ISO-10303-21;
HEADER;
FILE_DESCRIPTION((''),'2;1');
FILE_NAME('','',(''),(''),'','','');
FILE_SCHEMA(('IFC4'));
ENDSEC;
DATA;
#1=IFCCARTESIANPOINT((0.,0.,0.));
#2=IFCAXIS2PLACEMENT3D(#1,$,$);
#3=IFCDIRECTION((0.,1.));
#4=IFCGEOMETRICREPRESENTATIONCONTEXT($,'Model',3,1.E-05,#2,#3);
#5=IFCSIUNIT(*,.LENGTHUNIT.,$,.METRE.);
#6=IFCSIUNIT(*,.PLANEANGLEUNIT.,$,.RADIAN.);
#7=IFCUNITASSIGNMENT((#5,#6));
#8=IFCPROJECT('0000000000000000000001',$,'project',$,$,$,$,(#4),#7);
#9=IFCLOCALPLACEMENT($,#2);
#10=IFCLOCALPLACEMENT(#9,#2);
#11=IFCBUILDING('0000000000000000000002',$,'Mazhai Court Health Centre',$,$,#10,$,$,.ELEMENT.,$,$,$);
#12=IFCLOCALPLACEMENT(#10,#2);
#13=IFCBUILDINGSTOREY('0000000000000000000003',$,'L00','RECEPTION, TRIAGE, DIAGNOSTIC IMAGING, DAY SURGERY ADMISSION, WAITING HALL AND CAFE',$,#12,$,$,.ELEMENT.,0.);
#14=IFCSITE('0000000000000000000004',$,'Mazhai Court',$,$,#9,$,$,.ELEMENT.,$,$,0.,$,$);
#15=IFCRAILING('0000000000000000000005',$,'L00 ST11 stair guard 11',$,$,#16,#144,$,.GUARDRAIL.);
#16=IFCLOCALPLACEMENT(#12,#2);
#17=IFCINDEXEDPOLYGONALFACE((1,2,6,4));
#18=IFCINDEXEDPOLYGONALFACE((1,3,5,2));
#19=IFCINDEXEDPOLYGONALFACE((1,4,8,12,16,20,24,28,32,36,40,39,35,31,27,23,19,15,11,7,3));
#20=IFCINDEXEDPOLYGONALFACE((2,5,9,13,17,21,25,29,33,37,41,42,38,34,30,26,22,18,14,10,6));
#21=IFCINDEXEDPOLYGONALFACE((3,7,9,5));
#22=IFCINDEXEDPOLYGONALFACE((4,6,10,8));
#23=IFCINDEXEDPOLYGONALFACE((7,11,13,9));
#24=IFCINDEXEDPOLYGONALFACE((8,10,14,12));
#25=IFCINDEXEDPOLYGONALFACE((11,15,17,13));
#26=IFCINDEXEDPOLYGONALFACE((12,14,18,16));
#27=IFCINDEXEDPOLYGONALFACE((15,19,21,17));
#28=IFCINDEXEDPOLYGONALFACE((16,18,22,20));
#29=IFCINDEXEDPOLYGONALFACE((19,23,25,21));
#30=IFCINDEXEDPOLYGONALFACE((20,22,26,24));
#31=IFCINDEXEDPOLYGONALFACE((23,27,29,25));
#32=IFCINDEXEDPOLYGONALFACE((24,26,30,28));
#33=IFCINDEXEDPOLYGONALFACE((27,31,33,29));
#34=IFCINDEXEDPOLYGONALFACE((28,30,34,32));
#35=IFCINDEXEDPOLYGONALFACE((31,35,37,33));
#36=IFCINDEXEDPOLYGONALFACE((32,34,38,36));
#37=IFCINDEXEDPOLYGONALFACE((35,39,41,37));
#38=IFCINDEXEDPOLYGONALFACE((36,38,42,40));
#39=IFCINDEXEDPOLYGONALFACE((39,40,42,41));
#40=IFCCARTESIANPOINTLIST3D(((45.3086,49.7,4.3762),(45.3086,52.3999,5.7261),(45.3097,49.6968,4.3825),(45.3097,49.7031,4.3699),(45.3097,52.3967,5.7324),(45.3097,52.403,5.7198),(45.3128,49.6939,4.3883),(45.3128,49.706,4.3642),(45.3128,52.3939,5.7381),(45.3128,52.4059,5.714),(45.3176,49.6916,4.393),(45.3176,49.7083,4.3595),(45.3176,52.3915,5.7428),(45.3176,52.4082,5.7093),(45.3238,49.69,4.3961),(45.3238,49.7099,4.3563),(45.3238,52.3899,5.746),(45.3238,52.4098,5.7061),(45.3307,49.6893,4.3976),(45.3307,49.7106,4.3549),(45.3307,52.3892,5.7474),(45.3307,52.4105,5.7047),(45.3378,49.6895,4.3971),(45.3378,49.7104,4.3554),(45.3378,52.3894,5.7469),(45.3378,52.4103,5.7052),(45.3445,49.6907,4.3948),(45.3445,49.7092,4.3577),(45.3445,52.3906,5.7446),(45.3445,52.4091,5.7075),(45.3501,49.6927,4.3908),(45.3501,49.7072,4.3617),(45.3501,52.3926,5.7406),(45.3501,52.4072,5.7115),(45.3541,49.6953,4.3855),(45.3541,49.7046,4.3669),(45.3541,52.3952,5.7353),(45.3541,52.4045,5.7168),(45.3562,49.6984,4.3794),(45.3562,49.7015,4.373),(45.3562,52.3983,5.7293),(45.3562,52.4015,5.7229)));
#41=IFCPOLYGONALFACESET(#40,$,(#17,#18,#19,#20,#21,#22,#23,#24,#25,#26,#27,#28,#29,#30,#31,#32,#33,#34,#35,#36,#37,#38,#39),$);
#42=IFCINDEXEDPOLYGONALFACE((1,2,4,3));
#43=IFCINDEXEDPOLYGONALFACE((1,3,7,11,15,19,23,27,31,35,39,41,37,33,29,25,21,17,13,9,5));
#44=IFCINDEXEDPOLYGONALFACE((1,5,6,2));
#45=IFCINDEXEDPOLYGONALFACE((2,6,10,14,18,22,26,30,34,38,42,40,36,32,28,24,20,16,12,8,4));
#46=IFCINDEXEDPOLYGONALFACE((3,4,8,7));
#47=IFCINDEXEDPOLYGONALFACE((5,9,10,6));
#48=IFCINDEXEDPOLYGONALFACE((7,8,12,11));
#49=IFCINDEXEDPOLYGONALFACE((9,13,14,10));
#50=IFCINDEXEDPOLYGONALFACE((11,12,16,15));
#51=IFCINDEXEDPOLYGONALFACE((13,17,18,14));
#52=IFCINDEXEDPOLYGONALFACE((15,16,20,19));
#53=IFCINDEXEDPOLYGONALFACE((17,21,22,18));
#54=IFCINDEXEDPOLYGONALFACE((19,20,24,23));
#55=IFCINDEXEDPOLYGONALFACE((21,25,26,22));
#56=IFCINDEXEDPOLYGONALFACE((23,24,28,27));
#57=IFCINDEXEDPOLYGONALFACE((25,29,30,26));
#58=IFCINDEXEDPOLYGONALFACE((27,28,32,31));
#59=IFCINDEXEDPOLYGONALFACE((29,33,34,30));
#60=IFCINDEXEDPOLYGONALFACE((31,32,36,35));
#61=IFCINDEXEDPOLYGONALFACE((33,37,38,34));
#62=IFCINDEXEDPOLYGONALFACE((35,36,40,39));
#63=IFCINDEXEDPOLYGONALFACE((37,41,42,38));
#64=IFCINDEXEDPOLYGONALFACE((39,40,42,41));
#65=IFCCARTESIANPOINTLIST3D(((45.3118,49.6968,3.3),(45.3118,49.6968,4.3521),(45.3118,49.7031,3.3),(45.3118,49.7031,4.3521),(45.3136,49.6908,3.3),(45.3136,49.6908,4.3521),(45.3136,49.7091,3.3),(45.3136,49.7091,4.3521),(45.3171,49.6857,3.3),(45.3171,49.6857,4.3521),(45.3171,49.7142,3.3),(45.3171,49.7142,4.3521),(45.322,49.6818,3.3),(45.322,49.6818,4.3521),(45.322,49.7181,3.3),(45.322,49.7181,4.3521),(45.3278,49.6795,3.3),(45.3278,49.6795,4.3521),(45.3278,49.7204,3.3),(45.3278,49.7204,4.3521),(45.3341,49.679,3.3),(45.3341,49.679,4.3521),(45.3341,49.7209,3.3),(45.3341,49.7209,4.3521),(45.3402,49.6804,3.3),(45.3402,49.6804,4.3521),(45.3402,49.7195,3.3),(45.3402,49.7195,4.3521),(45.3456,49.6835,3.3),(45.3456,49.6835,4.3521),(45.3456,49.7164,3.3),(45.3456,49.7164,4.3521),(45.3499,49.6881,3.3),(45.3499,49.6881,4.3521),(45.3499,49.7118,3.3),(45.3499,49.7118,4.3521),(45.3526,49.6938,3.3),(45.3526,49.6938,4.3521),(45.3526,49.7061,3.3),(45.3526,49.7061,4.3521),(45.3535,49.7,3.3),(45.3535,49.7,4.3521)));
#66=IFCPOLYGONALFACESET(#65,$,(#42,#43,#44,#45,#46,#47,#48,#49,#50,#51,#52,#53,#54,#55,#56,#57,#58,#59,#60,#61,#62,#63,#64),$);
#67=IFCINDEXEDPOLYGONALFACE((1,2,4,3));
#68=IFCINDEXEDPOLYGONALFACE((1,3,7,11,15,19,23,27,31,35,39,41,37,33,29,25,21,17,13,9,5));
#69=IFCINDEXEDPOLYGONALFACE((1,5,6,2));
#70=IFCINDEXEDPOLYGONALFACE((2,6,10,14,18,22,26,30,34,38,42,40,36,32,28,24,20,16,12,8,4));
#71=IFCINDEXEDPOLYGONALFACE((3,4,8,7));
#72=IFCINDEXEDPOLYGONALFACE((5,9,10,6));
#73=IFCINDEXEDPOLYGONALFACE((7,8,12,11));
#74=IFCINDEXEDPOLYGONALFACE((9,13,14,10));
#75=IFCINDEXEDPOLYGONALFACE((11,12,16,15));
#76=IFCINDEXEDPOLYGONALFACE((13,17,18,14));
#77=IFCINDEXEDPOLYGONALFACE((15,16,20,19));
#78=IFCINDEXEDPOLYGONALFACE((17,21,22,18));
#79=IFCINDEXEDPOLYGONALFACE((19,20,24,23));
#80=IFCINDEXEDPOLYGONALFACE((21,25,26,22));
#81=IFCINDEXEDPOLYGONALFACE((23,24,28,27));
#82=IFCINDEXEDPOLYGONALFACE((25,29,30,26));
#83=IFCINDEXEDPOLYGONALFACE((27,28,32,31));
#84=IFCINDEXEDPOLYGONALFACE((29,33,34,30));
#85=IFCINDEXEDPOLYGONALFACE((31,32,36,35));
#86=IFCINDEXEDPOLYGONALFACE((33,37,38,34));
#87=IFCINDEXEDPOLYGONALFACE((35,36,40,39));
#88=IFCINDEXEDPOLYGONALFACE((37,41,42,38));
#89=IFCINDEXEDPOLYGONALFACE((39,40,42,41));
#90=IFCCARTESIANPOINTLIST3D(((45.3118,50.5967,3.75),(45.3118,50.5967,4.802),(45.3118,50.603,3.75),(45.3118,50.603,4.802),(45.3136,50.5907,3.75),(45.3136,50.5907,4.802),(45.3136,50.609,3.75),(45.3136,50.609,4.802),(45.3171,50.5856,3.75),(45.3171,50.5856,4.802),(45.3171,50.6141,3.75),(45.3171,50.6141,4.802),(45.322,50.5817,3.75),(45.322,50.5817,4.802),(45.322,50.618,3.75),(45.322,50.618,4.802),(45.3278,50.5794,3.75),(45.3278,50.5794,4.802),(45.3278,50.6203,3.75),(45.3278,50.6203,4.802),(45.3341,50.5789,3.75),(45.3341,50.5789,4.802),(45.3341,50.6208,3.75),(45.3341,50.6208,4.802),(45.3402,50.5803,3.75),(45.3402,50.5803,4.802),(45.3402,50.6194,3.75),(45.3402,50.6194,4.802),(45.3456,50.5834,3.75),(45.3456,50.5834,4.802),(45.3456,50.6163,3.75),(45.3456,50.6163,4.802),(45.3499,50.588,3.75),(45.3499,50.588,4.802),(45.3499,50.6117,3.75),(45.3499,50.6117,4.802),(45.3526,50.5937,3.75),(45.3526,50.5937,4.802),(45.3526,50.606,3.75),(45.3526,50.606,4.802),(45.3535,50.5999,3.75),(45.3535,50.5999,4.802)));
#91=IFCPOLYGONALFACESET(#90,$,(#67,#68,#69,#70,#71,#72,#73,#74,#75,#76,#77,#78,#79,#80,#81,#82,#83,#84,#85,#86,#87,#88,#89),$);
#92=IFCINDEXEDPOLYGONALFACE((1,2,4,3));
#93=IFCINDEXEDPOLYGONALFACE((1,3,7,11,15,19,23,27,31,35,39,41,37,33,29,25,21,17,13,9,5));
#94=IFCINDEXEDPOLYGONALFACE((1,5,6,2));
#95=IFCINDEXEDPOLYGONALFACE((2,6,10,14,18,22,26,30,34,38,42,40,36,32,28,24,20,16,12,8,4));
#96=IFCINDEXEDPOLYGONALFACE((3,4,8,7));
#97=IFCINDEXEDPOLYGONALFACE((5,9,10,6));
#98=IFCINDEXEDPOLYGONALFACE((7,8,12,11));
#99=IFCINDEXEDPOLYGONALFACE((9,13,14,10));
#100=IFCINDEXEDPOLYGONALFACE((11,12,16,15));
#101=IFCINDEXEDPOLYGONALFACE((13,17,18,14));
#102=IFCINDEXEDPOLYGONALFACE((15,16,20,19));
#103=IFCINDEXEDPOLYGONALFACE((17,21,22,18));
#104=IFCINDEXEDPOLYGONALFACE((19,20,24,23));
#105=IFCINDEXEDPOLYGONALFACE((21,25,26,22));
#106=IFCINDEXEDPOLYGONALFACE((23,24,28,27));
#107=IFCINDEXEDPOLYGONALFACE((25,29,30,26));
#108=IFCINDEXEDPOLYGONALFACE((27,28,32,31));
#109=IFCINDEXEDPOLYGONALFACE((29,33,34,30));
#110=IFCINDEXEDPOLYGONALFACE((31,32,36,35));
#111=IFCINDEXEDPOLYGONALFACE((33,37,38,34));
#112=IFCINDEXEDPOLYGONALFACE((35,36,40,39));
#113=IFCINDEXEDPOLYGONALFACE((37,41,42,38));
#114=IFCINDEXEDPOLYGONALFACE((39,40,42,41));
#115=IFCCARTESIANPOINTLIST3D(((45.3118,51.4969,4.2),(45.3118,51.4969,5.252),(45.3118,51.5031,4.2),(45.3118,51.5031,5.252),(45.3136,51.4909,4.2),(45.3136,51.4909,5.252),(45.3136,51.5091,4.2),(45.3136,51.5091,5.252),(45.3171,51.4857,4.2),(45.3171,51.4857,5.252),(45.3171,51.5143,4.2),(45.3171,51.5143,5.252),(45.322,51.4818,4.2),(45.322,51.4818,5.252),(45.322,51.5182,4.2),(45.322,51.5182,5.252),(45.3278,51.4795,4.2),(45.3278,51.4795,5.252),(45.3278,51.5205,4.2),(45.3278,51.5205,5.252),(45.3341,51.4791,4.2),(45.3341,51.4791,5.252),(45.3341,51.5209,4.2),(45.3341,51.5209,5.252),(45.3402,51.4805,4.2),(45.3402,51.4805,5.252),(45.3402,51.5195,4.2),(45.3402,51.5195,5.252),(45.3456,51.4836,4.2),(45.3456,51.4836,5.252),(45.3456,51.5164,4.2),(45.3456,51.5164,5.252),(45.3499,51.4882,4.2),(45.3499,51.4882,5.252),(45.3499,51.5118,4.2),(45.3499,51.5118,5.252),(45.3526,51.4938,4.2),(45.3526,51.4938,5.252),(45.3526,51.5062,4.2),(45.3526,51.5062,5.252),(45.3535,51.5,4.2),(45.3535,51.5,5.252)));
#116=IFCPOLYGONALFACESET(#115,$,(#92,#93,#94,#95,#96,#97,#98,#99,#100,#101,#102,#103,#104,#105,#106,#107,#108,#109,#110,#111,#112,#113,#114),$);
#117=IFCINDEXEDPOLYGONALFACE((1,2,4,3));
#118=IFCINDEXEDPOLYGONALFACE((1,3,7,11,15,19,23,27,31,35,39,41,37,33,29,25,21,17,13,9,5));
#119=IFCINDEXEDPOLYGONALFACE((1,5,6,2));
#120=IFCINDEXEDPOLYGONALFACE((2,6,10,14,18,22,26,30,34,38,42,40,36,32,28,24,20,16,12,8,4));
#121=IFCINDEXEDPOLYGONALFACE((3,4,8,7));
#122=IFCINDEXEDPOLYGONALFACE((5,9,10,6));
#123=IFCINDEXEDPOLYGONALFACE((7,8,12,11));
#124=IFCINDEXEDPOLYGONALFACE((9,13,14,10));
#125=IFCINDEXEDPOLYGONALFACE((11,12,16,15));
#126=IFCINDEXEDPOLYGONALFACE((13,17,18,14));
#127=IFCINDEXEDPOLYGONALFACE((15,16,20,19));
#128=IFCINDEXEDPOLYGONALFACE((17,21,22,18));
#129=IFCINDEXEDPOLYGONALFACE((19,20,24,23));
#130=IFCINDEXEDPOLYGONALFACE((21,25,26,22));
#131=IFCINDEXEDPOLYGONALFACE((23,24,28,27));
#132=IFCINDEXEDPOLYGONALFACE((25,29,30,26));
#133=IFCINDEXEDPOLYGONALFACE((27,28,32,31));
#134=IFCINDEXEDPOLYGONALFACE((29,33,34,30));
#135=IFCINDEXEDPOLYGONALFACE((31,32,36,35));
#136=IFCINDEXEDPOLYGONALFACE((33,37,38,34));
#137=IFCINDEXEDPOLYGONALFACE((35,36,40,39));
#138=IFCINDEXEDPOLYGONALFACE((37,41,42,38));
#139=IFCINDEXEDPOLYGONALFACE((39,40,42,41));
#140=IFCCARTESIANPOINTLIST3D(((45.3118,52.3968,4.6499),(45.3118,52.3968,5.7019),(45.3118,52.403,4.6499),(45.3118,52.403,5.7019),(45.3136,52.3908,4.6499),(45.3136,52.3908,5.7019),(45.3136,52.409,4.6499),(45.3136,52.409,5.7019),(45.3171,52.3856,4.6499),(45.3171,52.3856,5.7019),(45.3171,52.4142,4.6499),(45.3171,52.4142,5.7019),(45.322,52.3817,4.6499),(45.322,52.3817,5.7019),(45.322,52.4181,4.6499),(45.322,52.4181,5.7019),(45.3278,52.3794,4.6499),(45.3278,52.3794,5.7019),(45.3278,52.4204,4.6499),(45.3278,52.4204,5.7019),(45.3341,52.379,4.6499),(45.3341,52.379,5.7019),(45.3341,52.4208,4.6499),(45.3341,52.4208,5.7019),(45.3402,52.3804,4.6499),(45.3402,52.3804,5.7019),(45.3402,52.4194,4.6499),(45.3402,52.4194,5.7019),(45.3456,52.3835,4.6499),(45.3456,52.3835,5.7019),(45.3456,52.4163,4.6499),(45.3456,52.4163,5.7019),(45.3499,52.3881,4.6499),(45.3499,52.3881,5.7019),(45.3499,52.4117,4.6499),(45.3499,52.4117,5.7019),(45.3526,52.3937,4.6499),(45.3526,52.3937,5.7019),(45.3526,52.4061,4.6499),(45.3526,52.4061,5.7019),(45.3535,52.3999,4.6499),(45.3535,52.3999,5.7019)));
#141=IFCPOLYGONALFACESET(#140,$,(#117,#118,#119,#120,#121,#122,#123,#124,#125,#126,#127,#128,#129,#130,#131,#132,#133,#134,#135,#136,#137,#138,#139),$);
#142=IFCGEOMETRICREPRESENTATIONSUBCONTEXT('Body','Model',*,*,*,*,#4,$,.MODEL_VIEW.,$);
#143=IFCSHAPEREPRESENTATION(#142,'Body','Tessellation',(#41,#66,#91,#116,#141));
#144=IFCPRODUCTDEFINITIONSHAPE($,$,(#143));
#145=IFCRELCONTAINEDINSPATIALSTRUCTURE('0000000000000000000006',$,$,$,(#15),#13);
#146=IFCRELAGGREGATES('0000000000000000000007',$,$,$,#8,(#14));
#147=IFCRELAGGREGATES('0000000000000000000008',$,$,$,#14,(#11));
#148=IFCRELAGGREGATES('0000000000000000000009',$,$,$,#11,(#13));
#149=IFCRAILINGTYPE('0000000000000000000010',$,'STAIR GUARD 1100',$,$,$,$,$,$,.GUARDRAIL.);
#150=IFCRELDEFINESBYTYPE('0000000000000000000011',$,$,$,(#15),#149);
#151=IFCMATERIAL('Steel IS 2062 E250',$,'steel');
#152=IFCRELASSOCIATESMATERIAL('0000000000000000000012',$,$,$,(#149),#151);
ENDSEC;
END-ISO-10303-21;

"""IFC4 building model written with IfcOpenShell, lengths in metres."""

from ifc_helpers import new_model, si_unit, direction, frame, origin, origin_2d, place, context, subcontext, project, spatial, circle, extrude, material, type_object, element, save


model = new_model("IFC4")

# Units and contexts
model_context = context("Model", 3, precision=1e-05, world=origin(), true_north=direction((0.0, 1.0)))
body_context = subcontext(model_context, "Body", "Model", "MODEL_VIEW")
ifc_project = project(units=[si_unit("LENGTHUNIT", "METRE"), si_unit("PLANEANGLEUNIT", "RADIAN")], contexts=[model_context])

# Site, building, storey
site_placement = place(None, origin())
site = spatial("IfcSite", under=ifc_project, at=site_placement, Name="Mazhai Court", CompositionType="ELEMENT", RefElevation=0.0)
building_placement = place(site_placement, origin())
building = spatial("IfcBuilding", under=site, at=building_placement, Name="Mazhai Court Health Centre", CompositionType="ELEMENT")
storey_placement = place(building_placement, origin())
storey = spatial("IfcBuildingStorey", under=building, at=storey_placement, Name="L00", Description="RECEPTION, TRIAGE, DIAGNOSTIC IMAGING, DAY SURGERY ADMISSION, WAITING HALL AND CAFE", CompositionType="ELEMENT", Elevation=0.0)

# Railing
ifc_material_1 = material(Name="Steel IS 2062 E250", Category="steel")
railing_type_1 = type_object("IfcRailingType", Name="STAIR GUARD 1100", PredefinedType="GUARDRAIL", material=ifc_material_1)
for number, where, name in (
    (1, (45.3325, 49.7, 3.3), "L00 ST11 stair guard 11"),
):
    element("IfcRailing", number, at=place(storey_placement, frame(where)), inside=storey, type_object=railing_type_1, Name=name, PredefinedType="GUARDRAIL", context=body_context, shape_type="SweptSolid", body=[
        extrude(circle(Radius=0.0239, at=origin_2d()), frame((0.0, 0.0, 1.0762), z_axis=(0.0, 0.894443, 0.447181), x_axis=(-1.0, 0.0, 0.0)), (0.0, 0.0, 1.0), 3.0186),
        extrude(circle(Radius=0.021, at=origin_2d()), origin(), (0.0, 0.0, 1.0), 1.052),
        extrude(circle(Radius=0.021, at=origin_2d()), frame((0.0, 0.8999, 0.45)), (0.0, 0.0, 1.0), 1.052),
        extrude(circle(Radius=0.021, at=origin_2d()), frame((0.0, 1.8, 0.8999)), (0.0, 0.0, 1.0), 1.052),
        extrude(circle(Radius=0.021, at=origin_2d()), frame((0.0, 2.7, 1.3499)), (0.0, 0.0, 1.0), 1.052),
    ])

save(model, "model.ifc")
